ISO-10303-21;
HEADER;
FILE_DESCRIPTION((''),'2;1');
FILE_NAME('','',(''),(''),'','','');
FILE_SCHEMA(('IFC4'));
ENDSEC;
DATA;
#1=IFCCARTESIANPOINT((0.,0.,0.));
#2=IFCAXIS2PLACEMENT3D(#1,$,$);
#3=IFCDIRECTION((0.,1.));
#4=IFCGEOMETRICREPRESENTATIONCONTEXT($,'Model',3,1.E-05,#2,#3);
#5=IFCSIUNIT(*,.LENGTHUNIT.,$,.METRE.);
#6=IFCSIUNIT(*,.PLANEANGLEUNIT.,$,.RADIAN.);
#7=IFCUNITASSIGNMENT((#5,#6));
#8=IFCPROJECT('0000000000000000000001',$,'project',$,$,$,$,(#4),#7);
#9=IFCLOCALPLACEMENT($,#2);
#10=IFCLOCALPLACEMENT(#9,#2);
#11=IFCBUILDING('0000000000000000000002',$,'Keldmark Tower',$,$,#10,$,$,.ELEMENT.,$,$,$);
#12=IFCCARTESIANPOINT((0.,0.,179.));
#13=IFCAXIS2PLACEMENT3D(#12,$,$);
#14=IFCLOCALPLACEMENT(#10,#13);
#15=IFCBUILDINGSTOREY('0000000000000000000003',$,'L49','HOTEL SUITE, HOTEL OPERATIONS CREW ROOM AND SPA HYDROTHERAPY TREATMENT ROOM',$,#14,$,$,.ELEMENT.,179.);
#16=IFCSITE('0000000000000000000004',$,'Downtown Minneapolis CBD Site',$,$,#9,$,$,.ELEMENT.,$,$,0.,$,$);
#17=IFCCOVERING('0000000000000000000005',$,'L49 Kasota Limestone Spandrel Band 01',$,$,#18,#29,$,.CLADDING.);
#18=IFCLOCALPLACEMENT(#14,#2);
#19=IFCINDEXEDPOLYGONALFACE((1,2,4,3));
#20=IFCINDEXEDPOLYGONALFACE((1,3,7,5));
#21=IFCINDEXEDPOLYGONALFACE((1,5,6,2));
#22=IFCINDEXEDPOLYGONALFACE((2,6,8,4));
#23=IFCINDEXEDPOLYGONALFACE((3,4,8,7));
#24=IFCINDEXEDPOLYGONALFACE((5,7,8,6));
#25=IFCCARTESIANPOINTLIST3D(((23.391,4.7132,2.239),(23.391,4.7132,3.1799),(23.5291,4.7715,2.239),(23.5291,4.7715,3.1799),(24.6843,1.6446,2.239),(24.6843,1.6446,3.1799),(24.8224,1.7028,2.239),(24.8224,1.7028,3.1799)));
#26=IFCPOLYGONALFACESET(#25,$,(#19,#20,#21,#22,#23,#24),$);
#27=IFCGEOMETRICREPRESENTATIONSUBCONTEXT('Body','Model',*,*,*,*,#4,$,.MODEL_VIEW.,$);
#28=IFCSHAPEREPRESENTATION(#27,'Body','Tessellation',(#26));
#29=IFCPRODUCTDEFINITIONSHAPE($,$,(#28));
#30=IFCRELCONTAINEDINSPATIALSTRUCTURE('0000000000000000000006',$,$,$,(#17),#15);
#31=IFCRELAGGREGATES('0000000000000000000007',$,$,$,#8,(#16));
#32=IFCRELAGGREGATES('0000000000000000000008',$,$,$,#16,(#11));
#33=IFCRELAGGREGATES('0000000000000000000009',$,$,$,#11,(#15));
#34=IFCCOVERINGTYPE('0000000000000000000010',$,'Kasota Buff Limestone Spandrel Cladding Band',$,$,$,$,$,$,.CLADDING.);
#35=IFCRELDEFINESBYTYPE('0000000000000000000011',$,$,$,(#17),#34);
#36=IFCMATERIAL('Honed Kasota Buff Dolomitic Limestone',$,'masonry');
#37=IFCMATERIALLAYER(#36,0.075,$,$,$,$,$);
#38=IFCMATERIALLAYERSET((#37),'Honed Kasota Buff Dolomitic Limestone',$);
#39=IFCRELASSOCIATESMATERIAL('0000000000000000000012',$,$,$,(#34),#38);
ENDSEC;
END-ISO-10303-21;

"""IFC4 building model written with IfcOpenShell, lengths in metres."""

from ifc_helpers import new_model, si_unit, direction, frame, origin, origin_2d, place, context, subcontext, project, spatial, rectangle, extrude, material, layer, layer_set, type_object, element, save


model = new_model("IFC4")

# Units and contexts
model_context = context("Model", 3, precision=1e-05, world=origin(), true_north=direction((0.0, 1.0)))
body_context = subcontext(model_context, "Body", "Model", "MODEL_VIEW")
ifc_project = project(units=[si_unit("LENGTHUNIT", "METRE"), si_unit("PLANEANGLEUNIT", "RADIAN")], contexts=[model_context])

# Site, building, storey
site_placement = place(None, origin())
site = spatial("IfcSite", under=ifc_project, at=site_placement, Name="Downtown Minneapolis CBD Site", CompositionType="ELEMENT", RefElevation=0.0)
building_placement = place(site_placement, origin())
building = spatial("IfcBuilding", under=site, at=building_placement, Name="Keldmark Tower", CompositionType="ELEMENT")
storey_placement = place(building_placement, frame((0.0, 0.0, 179.0)))
storey = spatial("IfcBuildingStorey", under=building, at=storey_placement, Name="L49", Description="HOTEL SUITE, HOTEL OPERATIONS CREW ROOM AND SPA HYDROTHERAPY TREATMENT ROOM", CompositionType="ELEMENT", Elevation=179.0)

# Covering
ifc_material_1 = material(Name="Honed Kasota Buff Dolomitic Limestone", Category="masonry")
ifc_layer_1 = layer(ifc_material_1, 0.075)
ifc_layer_set_1 = layer_set([ifc_layer_1], Name="Honed Kasota Buff Dolomitic Limestone")
covering_type = type_object("IfcCoveringType", Name="Kasota Buff Limestone Spandrel Cladding Band", PredefinedType="CLADDING", material=ifc_layer_set_1)
covering_placement = place(storey_placement, frame((24.1067, 3.208, 2.239), z_axis=(0.0, 0.0, 1.0), x_axis=(-0.388368, 0.921504, 0.0)))
element("IfcCovering", 1, at=covering_placement, inside=storey, type_object=covering_type, Name="L49 Kasota Limestone Spandrel Band 01", PredefinedType="CLADDING", context=body_context, shape_type="SweptSolid", body=[
    extrude(rectangle(XDim=3.3301, YDim=0.1499, at=origin_2d()), origin(), (0.0, 0.0, 1.0), 0.9409),
])

save(model, "model.ifc")
